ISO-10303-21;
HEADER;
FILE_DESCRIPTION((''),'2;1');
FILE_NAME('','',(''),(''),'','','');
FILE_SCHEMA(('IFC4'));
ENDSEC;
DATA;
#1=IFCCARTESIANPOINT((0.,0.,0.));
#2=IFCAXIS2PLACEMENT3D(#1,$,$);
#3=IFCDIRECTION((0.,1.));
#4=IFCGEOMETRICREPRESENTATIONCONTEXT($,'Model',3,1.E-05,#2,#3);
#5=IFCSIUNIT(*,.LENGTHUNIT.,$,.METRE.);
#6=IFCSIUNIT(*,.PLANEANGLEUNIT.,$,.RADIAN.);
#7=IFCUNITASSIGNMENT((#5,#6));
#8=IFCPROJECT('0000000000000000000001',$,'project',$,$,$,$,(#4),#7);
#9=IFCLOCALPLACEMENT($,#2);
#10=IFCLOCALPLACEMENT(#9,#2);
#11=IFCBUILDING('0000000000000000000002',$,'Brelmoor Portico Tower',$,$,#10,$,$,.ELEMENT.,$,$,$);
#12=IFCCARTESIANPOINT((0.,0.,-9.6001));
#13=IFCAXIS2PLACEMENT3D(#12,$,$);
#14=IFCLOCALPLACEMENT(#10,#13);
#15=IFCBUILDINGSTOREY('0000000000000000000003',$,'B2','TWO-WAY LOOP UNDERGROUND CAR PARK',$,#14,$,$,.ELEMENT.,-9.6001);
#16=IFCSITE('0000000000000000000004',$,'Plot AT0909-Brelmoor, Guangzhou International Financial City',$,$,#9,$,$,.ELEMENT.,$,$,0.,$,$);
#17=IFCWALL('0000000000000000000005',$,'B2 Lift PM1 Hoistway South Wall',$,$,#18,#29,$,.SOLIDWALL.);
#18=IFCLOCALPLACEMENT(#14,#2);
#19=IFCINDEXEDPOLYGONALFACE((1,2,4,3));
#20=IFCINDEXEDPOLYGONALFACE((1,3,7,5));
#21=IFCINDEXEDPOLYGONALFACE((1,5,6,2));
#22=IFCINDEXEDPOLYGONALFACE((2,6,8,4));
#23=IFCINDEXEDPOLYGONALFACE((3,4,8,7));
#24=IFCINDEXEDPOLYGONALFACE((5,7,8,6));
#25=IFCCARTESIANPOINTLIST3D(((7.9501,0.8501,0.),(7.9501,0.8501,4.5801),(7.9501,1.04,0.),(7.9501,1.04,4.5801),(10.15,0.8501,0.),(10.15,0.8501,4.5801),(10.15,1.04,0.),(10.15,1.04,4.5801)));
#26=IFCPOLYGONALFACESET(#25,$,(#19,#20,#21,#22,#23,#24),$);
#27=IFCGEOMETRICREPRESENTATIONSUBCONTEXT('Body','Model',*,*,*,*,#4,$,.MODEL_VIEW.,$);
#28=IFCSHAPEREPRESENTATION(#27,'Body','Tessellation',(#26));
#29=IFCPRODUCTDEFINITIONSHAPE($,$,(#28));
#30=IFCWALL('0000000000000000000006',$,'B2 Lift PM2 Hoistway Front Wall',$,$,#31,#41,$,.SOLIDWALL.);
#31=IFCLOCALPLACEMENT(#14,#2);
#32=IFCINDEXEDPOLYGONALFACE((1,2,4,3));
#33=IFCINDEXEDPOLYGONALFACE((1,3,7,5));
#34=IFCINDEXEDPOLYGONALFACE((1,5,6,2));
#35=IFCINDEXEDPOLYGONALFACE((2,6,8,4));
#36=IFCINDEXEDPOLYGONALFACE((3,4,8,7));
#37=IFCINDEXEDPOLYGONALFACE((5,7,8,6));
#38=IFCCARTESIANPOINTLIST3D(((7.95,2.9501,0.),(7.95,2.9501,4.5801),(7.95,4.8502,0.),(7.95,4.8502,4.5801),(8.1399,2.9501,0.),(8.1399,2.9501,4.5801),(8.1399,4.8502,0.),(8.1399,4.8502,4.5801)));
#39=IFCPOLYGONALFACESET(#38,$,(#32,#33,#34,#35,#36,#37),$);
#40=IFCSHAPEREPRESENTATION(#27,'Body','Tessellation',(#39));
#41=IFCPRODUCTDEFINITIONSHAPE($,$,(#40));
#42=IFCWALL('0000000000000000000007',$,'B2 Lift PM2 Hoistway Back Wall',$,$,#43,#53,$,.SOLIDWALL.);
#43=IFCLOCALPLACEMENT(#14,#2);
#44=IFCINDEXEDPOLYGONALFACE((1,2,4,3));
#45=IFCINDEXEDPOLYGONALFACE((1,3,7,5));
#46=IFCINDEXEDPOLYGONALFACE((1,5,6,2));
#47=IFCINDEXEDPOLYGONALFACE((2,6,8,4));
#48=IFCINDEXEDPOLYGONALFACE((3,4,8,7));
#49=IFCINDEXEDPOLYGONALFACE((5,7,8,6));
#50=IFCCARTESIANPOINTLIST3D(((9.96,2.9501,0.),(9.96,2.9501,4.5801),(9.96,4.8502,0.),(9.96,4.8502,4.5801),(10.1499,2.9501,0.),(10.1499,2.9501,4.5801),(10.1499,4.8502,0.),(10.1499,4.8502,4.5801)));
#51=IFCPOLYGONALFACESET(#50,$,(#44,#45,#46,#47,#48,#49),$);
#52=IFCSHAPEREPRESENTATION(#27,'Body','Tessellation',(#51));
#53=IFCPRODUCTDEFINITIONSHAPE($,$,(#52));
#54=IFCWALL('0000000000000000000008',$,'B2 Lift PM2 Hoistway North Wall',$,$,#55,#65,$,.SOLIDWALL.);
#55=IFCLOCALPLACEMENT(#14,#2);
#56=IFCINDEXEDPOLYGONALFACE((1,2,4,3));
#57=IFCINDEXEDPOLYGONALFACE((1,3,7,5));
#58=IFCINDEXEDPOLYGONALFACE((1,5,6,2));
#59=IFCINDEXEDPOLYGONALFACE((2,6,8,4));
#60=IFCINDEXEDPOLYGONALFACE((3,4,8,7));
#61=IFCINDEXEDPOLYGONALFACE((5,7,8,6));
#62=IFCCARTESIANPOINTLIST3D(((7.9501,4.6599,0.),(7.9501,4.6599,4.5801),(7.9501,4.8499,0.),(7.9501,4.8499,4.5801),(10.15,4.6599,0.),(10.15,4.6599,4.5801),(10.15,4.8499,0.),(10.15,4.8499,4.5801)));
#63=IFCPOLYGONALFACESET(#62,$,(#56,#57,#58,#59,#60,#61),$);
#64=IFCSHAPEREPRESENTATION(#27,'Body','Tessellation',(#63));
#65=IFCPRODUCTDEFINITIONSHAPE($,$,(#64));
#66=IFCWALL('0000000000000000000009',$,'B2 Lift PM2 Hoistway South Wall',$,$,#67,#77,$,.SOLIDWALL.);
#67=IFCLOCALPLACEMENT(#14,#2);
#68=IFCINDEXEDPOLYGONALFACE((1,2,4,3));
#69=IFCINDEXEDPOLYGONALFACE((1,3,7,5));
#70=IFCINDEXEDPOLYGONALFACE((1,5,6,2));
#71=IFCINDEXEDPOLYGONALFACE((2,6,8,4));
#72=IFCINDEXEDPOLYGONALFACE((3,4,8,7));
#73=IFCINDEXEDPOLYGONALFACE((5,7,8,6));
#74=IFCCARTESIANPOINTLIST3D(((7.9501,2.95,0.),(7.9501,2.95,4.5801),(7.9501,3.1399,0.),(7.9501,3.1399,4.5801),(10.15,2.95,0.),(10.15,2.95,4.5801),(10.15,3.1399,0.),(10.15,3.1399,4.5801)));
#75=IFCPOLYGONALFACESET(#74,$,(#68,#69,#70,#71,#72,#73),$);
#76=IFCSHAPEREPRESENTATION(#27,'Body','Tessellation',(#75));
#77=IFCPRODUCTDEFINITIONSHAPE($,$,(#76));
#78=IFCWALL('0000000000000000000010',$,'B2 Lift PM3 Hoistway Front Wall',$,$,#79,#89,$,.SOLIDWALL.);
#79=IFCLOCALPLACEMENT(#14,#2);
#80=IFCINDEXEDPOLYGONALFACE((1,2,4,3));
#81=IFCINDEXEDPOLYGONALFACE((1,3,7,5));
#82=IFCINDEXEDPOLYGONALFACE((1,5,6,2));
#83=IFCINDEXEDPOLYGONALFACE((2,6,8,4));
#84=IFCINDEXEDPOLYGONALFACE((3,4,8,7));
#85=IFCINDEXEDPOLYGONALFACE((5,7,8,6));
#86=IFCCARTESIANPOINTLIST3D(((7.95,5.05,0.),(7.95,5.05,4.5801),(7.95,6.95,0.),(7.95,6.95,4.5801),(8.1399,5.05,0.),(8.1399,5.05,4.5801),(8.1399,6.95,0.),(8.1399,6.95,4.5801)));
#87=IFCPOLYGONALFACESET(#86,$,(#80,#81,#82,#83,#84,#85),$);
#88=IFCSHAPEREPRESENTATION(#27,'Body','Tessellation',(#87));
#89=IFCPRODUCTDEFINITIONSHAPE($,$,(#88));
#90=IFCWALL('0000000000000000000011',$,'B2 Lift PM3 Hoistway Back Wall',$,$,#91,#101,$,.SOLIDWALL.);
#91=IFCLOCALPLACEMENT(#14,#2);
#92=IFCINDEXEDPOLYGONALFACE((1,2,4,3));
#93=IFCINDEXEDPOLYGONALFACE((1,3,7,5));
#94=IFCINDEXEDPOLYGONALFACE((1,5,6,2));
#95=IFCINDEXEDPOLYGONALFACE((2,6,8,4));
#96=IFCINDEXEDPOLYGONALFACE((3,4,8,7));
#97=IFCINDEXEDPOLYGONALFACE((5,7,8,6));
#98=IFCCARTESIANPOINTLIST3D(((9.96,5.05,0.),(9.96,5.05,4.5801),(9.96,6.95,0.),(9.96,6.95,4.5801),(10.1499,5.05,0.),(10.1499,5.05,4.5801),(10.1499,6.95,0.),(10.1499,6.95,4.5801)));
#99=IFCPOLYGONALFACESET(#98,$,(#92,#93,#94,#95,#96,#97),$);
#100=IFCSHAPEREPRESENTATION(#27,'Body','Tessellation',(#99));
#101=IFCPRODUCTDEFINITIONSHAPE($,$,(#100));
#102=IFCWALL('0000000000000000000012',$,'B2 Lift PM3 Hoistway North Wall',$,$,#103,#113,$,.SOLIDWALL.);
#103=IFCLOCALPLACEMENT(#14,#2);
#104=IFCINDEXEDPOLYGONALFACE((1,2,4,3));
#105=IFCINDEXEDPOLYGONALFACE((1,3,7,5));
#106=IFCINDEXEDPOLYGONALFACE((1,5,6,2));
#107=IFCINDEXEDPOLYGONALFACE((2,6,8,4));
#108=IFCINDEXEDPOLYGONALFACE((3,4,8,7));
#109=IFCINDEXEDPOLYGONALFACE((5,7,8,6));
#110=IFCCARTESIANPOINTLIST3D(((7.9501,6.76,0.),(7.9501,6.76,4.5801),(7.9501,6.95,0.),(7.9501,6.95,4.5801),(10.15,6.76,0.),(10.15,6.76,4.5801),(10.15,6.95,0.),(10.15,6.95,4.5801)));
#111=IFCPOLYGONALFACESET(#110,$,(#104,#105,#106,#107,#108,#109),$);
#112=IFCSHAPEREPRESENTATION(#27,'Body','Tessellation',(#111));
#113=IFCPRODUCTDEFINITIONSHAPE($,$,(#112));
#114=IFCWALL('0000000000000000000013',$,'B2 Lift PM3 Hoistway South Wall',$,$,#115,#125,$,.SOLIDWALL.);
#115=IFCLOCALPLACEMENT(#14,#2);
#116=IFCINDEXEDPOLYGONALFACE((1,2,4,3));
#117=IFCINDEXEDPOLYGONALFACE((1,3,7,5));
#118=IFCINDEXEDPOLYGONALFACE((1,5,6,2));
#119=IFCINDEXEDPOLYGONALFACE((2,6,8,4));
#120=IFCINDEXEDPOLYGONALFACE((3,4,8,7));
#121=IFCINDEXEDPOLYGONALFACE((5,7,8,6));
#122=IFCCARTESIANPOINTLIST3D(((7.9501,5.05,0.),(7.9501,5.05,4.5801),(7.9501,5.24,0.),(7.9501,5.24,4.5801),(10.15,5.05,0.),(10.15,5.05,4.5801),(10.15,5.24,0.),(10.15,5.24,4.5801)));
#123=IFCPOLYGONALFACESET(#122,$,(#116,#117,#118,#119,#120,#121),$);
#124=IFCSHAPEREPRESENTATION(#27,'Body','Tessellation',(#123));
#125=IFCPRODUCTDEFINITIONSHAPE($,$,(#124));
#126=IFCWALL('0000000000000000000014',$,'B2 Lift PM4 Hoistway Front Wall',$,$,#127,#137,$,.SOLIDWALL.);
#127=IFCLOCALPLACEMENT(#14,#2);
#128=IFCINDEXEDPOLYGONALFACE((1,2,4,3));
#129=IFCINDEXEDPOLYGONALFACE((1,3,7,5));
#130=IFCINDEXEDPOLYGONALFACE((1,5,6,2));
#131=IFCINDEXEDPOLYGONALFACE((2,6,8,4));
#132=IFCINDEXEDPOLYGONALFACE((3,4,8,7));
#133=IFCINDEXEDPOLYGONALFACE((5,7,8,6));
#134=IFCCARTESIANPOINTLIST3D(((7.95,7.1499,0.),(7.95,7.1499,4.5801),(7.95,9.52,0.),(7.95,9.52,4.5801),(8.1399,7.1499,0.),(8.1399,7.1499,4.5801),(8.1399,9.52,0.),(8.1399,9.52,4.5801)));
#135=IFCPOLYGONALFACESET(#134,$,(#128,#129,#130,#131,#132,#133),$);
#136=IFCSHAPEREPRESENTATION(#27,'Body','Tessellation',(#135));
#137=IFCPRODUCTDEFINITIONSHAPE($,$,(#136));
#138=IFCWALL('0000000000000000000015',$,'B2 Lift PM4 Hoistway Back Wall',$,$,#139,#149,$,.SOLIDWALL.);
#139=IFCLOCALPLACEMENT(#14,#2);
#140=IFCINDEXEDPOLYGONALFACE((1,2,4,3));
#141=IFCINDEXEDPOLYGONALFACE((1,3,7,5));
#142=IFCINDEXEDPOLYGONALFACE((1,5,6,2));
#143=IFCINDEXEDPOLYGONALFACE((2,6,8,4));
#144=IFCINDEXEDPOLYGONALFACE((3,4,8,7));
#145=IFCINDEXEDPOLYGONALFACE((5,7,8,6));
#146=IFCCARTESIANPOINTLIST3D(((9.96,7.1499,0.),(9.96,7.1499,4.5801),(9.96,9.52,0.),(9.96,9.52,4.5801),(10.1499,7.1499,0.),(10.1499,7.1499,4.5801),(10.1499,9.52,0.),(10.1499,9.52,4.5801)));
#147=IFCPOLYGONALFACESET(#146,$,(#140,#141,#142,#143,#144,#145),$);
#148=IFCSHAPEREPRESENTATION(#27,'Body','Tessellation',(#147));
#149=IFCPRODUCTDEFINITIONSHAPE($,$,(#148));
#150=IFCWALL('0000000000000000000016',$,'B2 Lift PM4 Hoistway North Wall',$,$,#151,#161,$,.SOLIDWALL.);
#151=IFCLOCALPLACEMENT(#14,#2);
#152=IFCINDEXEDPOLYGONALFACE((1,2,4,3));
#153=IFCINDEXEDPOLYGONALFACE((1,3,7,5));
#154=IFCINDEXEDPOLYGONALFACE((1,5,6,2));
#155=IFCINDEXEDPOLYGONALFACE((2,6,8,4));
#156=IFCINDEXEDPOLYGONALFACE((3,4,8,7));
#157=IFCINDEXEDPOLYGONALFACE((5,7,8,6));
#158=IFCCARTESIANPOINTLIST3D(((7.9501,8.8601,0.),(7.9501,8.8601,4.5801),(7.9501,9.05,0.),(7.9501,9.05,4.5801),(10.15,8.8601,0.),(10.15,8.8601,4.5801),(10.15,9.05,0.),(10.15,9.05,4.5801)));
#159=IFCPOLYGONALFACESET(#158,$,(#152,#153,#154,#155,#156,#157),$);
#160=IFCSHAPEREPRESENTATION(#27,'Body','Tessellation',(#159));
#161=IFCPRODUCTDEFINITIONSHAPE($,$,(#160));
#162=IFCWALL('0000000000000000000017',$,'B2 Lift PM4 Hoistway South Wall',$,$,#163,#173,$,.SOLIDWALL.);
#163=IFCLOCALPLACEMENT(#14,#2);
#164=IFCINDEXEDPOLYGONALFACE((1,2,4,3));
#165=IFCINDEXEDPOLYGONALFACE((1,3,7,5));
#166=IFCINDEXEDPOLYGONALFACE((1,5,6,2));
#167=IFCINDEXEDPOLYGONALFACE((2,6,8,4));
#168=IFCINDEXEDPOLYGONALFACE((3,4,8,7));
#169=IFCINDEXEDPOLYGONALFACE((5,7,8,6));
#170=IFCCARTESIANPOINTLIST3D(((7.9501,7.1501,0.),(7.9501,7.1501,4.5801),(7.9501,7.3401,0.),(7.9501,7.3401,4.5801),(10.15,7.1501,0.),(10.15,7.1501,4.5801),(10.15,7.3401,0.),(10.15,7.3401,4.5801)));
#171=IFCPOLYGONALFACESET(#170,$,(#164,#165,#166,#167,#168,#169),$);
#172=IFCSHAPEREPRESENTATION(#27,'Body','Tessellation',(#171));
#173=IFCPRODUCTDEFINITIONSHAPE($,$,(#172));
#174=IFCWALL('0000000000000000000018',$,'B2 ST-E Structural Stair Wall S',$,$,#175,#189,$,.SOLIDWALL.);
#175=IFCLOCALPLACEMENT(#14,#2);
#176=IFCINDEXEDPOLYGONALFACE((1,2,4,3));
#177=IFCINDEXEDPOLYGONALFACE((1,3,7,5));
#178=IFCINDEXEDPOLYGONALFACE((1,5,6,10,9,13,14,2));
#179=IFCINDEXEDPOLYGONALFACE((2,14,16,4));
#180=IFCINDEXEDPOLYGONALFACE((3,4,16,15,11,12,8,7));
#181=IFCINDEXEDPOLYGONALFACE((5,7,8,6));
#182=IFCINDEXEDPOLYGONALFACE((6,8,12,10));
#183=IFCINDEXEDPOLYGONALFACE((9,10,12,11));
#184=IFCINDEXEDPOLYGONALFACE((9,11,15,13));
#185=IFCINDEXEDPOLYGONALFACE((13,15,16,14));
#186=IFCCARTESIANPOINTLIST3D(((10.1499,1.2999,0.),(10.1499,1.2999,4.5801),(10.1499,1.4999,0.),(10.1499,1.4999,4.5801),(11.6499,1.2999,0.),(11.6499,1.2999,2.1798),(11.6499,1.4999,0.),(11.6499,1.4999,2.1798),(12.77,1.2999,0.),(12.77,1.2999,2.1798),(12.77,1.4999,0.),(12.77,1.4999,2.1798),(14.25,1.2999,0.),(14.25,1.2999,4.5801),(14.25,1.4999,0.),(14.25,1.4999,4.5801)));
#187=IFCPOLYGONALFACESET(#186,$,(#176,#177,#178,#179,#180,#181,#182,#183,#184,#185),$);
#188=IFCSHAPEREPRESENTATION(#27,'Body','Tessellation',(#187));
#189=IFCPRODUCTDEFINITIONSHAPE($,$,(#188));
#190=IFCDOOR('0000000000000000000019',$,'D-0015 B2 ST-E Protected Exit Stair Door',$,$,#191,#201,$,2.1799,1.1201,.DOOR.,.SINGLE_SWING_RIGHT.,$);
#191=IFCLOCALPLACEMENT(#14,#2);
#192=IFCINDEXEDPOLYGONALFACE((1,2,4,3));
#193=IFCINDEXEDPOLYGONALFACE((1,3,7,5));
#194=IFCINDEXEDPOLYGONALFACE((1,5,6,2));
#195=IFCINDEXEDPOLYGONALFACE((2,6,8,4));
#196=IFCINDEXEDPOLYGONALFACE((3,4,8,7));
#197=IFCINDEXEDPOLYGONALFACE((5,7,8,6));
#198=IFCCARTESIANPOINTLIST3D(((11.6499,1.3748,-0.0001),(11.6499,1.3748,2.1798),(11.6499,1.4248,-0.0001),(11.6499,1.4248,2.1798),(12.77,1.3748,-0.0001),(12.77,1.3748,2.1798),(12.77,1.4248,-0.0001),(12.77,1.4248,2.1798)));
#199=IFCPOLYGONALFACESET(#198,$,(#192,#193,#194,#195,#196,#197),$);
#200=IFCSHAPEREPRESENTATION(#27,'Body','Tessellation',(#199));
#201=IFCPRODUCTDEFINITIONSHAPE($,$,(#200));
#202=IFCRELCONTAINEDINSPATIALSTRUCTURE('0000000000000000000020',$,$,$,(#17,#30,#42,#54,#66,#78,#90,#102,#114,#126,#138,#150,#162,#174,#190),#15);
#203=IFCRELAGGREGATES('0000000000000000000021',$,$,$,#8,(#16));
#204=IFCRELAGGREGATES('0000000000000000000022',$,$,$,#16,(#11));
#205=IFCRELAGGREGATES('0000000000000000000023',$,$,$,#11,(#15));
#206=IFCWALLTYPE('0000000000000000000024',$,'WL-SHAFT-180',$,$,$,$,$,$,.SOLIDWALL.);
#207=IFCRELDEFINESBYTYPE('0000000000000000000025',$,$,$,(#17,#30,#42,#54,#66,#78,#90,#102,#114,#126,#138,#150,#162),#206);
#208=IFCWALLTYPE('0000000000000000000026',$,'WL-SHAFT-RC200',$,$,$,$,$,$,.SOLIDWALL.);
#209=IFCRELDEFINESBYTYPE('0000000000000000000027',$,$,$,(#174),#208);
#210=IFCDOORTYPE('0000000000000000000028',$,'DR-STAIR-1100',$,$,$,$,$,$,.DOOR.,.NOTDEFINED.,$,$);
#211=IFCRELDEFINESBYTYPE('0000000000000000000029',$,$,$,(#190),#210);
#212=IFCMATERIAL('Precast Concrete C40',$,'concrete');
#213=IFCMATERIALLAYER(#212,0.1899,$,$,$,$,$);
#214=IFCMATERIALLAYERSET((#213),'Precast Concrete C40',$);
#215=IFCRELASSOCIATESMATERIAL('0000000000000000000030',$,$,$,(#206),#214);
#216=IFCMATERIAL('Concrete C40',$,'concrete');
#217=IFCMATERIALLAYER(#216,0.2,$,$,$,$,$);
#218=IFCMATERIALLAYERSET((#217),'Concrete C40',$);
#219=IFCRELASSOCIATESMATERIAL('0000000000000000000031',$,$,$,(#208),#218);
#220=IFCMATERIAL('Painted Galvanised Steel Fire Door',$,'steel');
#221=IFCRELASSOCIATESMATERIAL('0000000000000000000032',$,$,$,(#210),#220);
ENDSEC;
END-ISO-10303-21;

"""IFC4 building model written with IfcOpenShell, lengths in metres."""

from ifc_helpers import new_model, si_unit, direction, frame, frame_2d, origin, place, context, subcontext, project, spatial, rectangle, extrude, material, layer, layer_set, type_object, element, fill, save


model = new_model("IFC4")

# Units and contexts
model_context = context("Model", 3, precision=1e-05, world=origin(), true_north=direction((0.0, 1.0)))
body_context = subcontext(model_context, "Body", "Model", "MODEL_VIEW")
ifc_project = project(units=[si_unit("LENGTHUNIT", "METRE"), si_unit("PLANEANGLEUNIT", "RADIAN")], contexts=[model_context])

# Site, building, storey
site_placement = place(None, origin())
site = spatial("IfcSite", under=ifc_project, at=site_placement, Name="Plot AT0909-Brelmoor, Guangzhou International Financial City", CompositionType="ELEMENT", RefElevation=0.0)
building_placement = place(site_placement, origin())
building = spatial("IfcBuilding", under=site, at=building_placement, Name="Brelmoor Portico Tower", CompositionType="ELEMENT")
storey_placement = place(building_placement, frame((0.0, 0.0, -9.6001)))
storey = spatial("IfcBuildingStorey", under=building, at=storey_placement, Name="B2", Description="TWO-WAY LOOP UNDERGROUND CAR PARK", CompositionType="ELEMENT", Elevation=-9.6001)

# Walls
ifc_material_1 = material(Name="Precast Concrete C40", Category="concrete")
ifc_layer_1 = layer(ifc_material_1, 0.1899)
ifc_layer_set_1 = layer_set([ifc_layer_1], Name="Precast Concrete C40")
wall_type_1 = type_object("IfcWallType", Name="WL-SHAFT-180", PredefinedType="SOLIDWALL", material=ifc_layer_set_1)
for number, where, z_axis, x_axis, name in (
    (1, (7.95, 0.9451, 0.0), (0.0, 0.0, 1.0), (1.0, 0.0, 0.0), "B2 Lift PM1 Hoistway South Wall"),
):
    element("IfcWall", number, at=place(storey_placement, frame(where, z_axis=z_axis, x_axis=x_axis)), inside=storey, type_object=wall_type_1, Name=name, PredefinedType="SOLIDWALL", context=body_context, shape_type="SweptSolid", body=[
        extrude(rectangle(XDim=2.2, YDim=0.1899, at=frame_2d((1.1001, 0.0))), origin(), (0.0, 0.0, 1.0), 4.5801),
    ])
for number, where, z_axis, x_axis, name in (
    (2, (8.0449, 2.95, 0.0), (0.0, 0.0, 1.0), (0.0, 1.0, 0.0), "B2 Lift PM2 Hoistway Front Wall"),
    (3, (10.0549, 2.95, 0.0), (0.0, 0.0, 1.0), (0.0, 1.0, 0.0), "B2 Lift PM2 Hoistway Back Wall"),
):
    element("IfcWall", number, at=place(storey_placement, frame(where, z_axis=z_axis, x_axis=x_axis)), inside=storey, type_object=wall_type_1, Name=name, PredefinedType="SOLIDWALL", context=body_context, shape_type="SweptSolid", body=[
        extrude(rectangle(XDim=1.9001, YDim=0.1899, at=frame_2d((0.9502, 0.0))), origin(), (0.0, 0.0, 1.0), 4.5801),
    ])
for number, where, z_axis, x_axis, name in (
    (4, (7.95, 4.7549, 0.0), (0.0, 0.0, 1.0), (1.0, 0.0, 0.0), "B2 Lift PM2 Hoistway North Wall"),
    (5, (7.95, 3.0449, 0.0), (0.0, 0.0, 1.0), (1.0, 0.0, 0.0), "B2 Lift PM2 Hoistway South Wall"),
):
    element("IfcWall", number, at=place(storey_placement, frame(where, z_axis=z_axis, x_axis=x_axis)), inside=storey, type_object=wall_type_1, Name=name, PredefinedType="SOLIDWALL", context=body_context, shape_type="SweptSolid", body=[
        extrude(rectangle(XDim=2.2, YDim=0.1899, at=frame_2d((1.1001, 0.0))), origin(), (0.0, 0.0, 1.0), 4.5801),
    ])
for number, where, z_axis, x_axis, name in (
    (6, (8.0449, 5.05, 0.0), (0.0, 0.0, 1.0), (0.0, 1.0, 0.0), "B2 Lift PM3 Hoistway Front Wall"),
    (7, (10.0549, 5.05, 0.0), (0.0, 0.0, 1.0), (0.0, 1.0, 0.0), "B2 Lift PM3 Hoistway Back Wall"),
):
    element("IfcWall", number, at=place(storey_placement, frame(where, z_axis=z_axis, x_axis=x_axis)), inside=storey, type_object=wall_type_1, Name=name, PredefinedType="SOLIDWALL", context=body_context, shape_type="SweptSolid", body=[
        extrude(rectangle(XDim=1.8999, YDim=0.1899, at=frame_2d((0.95, 0.0))), origin(), (0.0, 0.0, 1.0), 4.5801),
    ])
for number, where, z_axis, x_axis, name in (
    (8, (7.95, 6.855, 0.0), (0.0, 0.0, 1.0), (1.0, 0.0, 0.0), "B2 Lift PM3 Hoistway North Wall"),
    (9, (7.95, 5.145, 0.0), (0.0, 0.0, 1.0), (1.0, 0.0, 0.0), "B2 Lift PM3 Hoistway South Wall"),
):
    element("IfcWall", number, at=place(storey_placement, frame(where, z_axis=z_axis, x_axis=x_axis)), inside=storey, type_object=wall_type_1, Name=name, PredefinedType="SOLIDWALL", context=body_context, shape_type="SweptSolid", body=[
        extrude(rectangle(XDim=2.2, YDim=0.1899, at=frame_2d((1.1001, 0.0))), origin(), (0.0, 0.0, 1.0), 4.5801),
    ])
for number, where, z_axis, x_axis, name in (
    (10, (8.0449, 7.1499, 0.0), (0.0, 0.0, 1.0), (0.0, 1.0, 0.0), "B2 Lift PM4 Hoistway Front Wall"),
    (11, (10.0549, 7.1499, 0.0), (0.0, 0.0, 1.0), (0.0, 1.0, 0.0), "B2 Lift PM4 Hoistway Back Wall"),
):
    element("IfcWall", number, at=place(storey_placement, frame(where, z_axis=z_axis, x_axis=x_axis)), inside=storey, type_object=wall_type_1, Name=name, PredefinedType="SOLIDWALL", context=body_context, shape_type="SweptSolid", body=[
        extrude(rectangle(XDim=2.3701, YDim=0.1899, at=frame_2d((1.1851, 0.0))), origin(), (0.0, 0.0, 1.0), 4.5801),
    ])
for number, where, z_axis, x_axis, name in (
    (12, (7.95, 8.9551, 0.0), (0.0, 0.0, 1.0), (1.0, 0.0, 0.0), "B2 Lift PM4 Hoistway North Wall"),
    (13, (7.95, 7.2451, 0.0), (0.0, 0.0, 1.0), (1.0, 0.0, 0.0), "B2 Lift PM4 Hoistway South Wall"),
):
    element("IfcWall", number, at=place(storey_placement, frame(where, z_axis=z_axis, x_axis=x_axis)), inside=storey, type_object=wall_type_1, Name=name, PredefinedType="SOLIDWALL", context=body_context, shape_type="SweptSolid", body=[
        extrude(rectangle(XDim=2.2, YDim=0.1899, at=frame_2d((1.1001, 0.0))), origin(), (0.0, 0.0, 1.0), 4.5801),
    ])

# Wall, opening, door
ifc_material_2 = material(Name="Concrete C40", Category="concrete")
ifc_layer_2 = layer(ifc_material_2, 0.2)
ifc_layer_set_2 = layer_set([ifc_layer_2], Name="Concrete C40")
wall_type_2 = type_object("IfcWallType", Name="WL-SHAFT-RC200", PredefinedType="SOLIDWALL", material=ifc_layer_set_2)
wall_1_placement = place(storey_placement, frame((10.1499, 1.3999, 0.0), z_axis=(0.0, 0.0, 1.0), x_axis=(1.0, 0.0, 0.0)))
wall_1 = element("IfcWall", 14, at=wall_1_placement, inside=storey, type_object=wall_type_2, Name="B2 ST-E Structural Stair Wall S", PredefinedType="SOLIDWALL", context=body_context, shape_type="SweptSolid", body=[
    extrude(rectangle(XDim=4.1001, YDim=0.2, at=frame_2d((2.05, 0.0))), origin(), (0.0, 0.0, 1.0), 4.5801),
])
opening_placement = place(wall_1_placement, frame((1.5, 0.0, 0.0)))
opening = element("IfcOpeningElement", 15, at=opening_placement, cuts=wall_1, PredefinedType="OPENING", context=body_context, shape_type="SweptSolid", body=[
    extrude(rectangle(XDim=1.1201, YDim=2.1799, at=frame_2d((0.5601, 1.0898))), frame((0.0, 0.1099, 0.0), z_axis=(0.0, -1.0, 0.0), x_axis=(1.0, 0.0, 0.0)), (0.0, 0.0, 1.0), 0.22),
])
ifc_material_3 = material(Name="Painted Galvanised Steel Fire Door", Category="steel")
door_type = type_object("IfcDoorType", Name="DR-STAIR-1100", OperationType="NOTDEFINED", PredefinedType="DOOR", material=ifc_material_3)
door_placement = place(opening_placement, origin())
door = element("IfcDoor", 16, at=door_placement, inside=storey, type_object=door_type, Name="D-0015 B2 ST-E Protected Exit Stair Door", OperationType="SINGLE_SWING_RIGHT", OverallHeight=2.1799, OverallWidth=1.1201, PredefinedType="DOOR", context=body_context, shape_type="SweptSolid", body=[
    extrude(rectangle(XDim=1.1201, YDim=2.1799, at=frame_2d((0.5601, 1.0898))), frame((0.0, 0.0249, 0.0), z_axis=(0.0, -1.0, 0.0), x_axis=(1.0, 0.0, 0.0)), (0.0, 0.0, 1.0), 0.05),
])
fill(opening, door)

save(model, "model.ifc")
